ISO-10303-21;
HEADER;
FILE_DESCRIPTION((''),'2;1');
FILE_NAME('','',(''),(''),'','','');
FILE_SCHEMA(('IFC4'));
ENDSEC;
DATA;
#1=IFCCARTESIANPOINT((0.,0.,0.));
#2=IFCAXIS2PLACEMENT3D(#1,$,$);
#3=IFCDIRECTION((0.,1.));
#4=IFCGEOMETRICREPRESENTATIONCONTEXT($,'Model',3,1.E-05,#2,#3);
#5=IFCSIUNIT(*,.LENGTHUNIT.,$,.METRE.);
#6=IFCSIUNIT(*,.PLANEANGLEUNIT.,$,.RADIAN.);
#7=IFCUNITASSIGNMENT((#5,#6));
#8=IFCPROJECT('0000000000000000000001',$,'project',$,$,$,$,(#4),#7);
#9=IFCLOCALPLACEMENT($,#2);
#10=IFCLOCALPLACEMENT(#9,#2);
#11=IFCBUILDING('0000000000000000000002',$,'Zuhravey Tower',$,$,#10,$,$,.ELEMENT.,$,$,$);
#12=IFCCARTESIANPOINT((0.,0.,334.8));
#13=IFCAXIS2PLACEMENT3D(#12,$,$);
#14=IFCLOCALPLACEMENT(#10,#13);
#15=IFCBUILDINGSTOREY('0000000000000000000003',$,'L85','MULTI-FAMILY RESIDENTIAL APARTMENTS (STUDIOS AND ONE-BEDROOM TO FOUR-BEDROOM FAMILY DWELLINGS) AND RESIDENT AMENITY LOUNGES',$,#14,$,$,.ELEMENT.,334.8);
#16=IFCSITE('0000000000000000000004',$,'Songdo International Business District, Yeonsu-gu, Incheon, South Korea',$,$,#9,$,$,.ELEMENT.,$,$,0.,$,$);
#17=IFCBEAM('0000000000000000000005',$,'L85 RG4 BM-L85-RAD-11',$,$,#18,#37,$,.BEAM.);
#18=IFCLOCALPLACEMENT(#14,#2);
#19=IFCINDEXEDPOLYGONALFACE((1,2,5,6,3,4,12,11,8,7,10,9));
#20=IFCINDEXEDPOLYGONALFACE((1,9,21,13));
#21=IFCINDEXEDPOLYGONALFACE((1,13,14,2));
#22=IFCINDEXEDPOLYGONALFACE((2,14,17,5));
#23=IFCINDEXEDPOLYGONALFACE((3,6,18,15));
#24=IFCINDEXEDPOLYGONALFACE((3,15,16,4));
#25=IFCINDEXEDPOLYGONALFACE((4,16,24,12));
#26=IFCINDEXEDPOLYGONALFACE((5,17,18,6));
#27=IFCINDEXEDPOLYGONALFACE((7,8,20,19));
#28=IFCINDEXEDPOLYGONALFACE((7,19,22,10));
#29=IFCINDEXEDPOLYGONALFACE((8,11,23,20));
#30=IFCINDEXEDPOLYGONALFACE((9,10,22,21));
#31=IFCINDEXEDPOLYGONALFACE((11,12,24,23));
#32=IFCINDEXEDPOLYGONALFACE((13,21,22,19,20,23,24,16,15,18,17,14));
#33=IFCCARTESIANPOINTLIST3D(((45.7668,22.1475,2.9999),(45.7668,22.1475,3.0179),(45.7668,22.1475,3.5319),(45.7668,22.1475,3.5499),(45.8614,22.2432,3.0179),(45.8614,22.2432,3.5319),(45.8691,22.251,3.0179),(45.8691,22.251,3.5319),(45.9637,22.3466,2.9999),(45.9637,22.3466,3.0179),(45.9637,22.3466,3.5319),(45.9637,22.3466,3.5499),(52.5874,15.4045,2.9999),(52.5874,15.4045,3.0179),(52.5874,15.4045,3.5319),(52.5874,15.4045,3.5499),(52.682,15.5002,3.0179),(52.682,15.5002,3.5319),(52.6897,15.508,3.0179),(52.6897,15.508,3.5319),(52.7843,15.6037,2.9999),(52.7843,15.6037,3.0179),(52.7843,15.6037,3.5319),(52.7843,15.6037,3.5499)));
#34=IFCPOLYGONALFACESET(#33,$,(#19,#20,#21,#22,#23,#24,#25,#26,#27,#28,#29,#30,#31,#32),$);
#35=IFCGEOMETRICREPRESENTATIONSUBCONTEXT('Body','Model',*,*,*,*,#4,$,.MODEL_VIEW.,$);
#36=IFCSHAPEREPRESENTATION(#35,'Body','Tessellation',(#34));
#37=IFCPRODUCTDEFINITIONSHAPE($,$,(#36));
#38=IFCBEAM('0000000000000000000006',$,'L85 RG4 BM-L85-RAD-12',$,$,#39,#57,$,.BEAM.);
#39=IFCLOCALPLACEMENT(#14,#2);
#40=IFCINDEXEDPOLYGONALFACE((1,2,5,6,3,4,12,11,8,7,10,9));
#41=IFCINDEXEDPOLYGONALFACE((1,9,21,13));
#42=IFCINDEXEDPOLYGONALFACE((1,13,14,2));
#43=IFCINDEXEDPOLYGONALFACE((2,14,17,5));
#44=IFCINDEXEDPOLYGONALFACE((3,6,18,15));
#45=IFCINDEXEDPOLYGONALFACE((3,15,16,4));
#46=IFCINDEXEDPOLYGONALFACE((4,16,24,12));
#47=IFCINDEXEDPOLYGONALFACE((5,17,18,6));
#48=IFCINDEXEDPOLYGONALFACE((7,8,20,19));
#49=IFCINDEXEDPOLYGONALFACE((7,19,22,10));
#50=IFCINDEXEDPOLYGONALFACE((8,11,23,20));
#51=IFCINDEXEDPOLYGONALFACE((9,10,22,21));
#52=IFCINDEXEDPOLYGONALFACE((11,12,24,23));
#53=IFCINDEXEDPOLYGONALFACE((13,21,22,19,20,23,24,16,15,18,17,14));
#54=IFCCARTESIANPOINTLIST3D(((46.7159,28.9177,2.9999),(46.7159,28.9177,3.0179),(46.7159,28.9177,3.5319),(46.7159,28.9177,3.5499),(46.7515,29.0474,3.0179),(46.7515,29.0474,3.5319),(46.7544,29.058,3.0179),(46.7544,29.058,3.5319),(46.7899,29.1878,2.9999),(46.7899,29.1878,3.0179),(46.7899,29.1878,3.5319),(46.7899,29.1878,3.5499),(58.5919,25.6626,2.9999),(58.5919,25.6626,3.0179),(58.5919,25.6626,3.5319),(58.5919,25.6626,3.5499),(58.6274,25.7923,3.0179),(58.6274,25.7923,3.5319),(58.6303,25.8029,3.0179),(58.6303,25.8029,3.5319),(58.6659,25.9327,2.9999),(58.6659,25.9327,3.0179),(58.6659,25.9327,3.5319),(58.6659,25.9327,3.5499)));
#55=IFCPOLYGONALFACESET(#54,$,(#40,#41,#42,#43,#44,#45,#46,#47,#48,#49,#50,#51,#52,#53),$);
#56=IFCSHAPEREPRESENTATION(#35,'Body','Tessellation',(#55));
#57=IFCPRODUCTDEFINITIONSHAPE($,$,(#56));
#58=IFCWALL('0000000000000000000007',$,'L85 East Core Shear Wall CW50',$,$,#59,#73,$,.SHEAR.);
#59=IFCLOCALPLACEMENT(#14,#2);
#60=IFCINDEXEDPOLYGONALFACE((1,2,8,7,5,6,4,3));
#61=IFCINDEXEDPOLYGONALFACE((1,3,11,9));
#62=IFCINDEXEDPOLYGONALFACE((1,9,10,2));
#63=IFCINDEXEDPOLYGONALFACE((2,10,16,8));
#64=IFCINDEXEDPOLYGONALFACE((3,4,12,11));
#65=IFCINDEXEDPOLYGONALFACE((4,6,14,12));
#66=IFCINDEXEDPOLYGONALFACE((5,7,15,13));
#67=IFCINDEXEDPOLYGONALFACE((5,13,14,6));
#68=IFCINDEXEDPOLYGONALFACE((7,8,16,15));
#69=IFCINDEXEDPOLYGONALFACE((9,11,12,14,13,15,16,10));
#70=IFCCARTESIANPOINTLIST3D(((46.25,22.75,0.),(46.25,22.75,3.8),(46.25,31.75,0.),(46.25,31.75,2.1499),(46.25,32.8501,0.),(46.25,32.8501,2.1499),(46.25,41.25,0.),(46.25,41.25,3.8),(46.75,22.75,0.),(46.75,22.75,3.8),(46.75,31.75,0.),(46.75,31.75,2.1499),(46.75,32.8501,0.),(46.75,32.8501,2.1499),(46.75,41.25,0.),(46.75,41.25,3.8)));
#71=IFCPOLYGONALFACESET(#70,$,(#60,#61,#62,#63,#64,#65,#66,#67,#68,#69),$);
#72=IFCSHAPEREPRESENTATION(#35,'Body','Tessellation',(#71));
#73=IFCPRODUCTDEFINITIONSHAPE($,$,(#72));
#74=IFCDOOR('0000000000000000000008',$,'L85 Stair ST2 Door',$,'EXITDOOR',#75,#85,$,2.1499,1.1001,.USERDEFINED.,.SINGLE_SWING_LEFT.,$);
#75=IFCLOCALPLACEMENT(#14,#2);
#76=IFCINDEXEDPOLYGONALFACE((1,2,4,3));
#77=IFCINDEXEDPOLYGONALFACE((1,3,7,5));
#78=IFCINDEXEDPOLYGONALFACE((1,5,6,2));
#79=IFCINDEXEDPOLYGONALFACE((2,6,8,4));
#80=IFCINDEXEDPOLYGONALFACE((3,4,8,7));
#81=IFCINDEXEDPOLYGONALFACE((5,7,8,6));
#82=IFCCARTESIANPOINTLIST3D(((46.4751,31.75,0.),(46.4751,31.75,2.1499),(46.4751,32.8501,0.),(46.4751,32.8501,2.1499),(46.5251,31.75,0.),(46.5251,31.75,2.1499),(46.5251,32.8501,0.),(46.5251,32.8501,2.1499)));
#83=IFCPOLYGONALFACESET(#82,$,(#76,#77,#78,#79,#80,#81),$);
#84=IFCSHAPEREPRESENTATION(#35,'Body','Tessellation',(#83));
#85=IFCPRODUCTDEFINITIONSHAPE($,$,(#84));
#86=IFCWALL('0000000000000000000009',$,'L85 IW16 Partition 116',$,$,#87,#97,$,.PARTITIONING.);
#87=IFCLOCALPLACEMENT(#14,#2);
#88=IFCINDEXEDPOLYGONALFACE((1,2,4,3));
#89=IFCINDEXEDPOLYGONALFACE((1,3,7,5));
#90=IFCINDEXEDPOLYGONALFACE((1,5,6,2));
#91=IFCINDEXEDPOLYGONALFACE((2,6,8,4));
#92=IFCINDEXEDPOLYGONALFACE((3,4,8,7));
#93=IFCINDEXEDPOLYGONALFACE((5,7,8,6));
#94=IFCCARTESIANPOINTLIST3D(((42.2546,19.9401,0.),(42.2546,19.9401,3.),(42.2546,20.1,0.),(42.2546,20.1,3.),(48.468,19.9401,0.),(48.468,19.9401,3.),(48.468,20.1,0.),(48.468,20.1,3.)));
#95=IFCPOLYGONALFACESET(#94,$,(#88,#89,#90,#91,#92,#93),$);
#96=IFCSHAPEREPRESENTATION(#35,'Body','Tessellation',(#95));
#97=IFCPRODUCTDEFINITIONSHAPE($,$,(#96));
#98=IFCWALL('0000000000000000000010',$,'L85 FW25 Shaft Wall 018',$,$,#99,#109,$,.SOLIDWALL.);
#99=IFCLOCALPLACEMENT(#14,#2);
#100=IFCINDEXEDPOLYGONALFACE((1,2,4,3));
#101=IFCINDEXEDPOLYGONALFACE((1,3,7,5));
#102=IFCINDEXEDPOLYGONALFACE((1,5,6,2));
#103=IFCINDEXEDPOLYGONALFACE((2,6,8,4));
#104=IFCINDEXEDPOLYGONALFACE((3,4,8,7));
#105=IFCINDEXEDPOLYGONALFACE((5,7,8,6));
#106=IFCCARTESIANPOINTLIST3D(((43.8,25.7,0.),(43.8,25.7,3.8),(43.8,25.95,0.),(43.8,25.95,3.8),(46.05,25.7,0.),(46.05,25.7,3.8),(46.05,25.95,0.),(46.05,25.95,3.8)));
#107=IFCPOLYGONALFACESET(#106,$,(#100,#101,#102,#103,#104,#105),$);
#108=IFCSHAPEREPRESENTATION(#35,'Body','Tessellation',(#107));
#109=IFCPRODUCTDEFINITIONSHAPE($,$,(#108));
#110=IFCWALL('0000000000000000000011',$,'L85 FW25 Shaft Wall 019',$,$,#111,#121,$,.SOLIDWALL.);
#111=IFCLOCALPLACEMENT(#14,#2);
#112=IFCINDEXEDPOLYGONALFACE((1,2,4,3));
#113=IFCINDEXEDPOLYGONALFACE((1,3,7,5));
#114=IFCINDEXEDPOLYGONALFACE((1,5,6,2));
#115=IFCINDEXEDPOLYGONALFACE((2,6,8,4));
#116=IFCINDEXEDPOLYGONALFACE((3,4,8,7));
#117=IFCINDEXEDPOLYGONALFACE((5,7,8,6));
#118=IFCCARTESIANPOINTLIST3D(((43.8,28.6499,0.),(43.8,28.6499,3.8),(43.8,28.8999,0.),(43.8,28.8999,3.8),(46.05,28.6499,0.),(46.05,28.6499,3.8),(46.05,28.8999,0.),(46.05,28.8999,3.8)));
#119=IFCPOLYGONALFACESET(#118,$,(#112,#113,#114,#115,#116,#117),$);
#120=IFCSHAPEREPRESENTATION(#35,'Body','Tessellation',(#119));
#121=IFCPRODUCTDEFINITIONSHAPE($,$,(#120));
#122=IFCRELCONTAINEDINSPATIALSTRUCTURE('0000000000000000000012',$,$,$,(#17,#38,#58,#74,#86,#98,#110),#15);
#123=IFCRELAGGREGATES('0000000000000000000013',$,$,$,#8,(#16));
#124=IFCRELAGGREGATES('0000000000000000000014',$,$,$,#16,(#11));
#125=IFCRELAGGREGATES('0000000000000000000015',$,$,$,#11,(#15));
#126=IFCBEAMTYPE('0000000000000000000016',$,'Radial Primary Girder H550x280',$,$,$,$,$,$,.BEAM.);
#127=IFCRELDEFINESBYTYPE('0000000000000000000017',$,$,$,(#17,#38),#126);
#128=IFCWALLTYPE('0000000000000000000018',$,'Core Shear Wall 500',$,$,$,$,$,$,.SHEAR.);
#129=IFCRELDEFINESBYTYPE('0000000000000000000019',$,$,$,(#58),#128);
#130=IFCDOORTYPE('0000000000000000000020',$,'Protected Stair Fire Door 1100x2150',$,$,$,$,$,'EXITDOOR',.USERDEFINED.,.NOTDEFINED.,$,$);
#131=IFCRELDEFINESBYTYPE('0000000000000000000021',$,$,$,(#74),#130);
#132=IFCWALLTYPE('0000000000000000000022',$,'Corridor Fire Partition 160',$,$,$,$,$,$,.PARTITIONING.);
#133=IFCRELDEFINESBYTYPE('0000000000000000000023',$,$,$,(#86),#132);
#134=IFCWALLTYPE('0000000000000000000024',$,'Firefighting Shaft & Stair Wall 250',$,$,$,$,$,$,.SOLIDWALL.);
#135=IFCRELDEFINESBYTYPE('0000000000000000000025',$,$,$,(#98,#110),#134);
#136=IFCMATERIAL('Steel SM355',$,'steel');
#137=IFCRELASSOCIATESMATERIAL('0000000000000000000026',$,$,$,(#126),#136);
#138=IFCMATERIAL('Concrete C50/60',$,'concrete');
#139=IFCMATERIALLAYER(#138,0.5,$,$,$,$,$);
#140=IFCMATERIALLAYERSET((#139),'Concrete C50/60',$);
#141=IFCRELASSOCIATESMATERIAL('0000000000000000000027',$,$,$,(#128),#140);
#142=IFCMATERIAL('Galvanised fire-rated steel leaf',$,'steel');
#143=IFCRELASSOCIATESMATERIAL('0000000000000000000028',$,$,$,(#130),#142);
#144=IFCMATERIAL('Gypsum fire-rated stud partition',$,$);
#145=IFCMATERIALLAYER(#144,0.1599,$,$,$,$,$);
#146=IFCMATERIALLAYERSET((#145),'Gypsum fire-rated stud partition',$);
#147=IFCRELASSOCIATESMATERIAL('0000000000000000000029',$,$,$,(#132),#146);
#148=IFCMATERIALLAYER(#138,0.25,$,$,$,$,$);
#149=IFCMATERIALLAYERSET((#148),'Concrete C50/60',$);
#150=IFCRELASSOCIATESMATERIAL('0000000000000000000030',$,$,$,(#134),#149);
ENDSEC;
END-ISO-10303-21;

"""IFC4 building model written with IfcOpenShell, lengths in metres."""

from ifc_helpers import new_model, si_unit, direction, frame, frame_2d, origin, origin_2d, place, context, subcontext, project, spatial, rectangle, i_section, extrude, material, layer, layer_set, material_profile, profile_set, type_object, element, fill, save


model = new_model("IFC4")

# Units and contexts
model_context = context("Model", 3, precision=1e-05, world=origin(), true_north=direction((0.0, 1.0)))
body_context = subcontext(model_context, "Body", "Model", "MODEL_VIEW")
ifc_project = project(units=[si_unit("LENGTHUNIT", "METRE"), si_unit("PLANEANGLEUNIT", "RADIAN")], contexts=[model_context])

# Site, building, storey
site_placement = place(None, origin())
site = spatial("IfcSite", under=ifc_project, at=site_placement, Name="Songdo International Business District, Yeonsu-gu, Incheon, South Korea", CompositionType="ELEMENT", RefElevation=0.0)
building_placement = place(site_placement, origin())
building = spatial("IfcBuilding", under=site, at=building_placement, Name="Zuhravey Tower", CompositionType="ELEMENT")
storey_placement = place(building_placement, frame((0.0, 0.0, 334.8)))
storey = spatial("IfcBuildingStorey", under=building, at=storey_placement, Name="L85", Description="MULTI-FAMILY RESIDENTIAL APARTMENTS (STUDIOS AND ONE-BEDROOM TO FOUR-BEDROOM FAMILY DWELLINGS) AND RESIDENT AMENITY LOUNGES", CompositionType="ELEMENT", Elevation=334.8)

# Beams
ifc_material_1 = material(Name="Steel SM355", Category="steel")
ifc_material_profile = material_profile(ifc_material_1, i_section(OverallWidth=0.28, OverallDepth=0.55, WebThickness=0.011, FlangeThickness=0.0181, at=origin_2d()), Name="H-550x280x11x18")
ifc_profile_set = profile_set([ifc_material_profile], Name="Steel SM355")
beam_type = type_object("IfcBeamType", Name="Radial Primary Girder H550x280", PredefinedType="BEAM", material=ifc_profile_set)
beam_1_placement = place(storey_placement, frame((45.8652, 22.2471, 3.2749), z_axis=(0.711143, -0.703048, 0.0), x_axis=(0.703048, 0.711143, 0.0)))
element("IfcBeam", 1, at=beam_1_placement, inside=storey, type_object=beam_type, Name="L85 RG4 BM-L85-RAD-11", PredefinedType="BEAM", context=body_context, shape_type="SweptSolid", body=[
    extrude(i_section(OverallWidth=0.28, OverallDepth=0.55, WebThickness=0.011, FlangeThickness=0.0181, at=origin_2d()), origin(), (0.0, 0.0, 1.0), 9.5911),
])
beam_2_placement = place(storey_placement, frame((46.7529, 29.0527, 3.2749), z_axis=(0.964429, -0.264344, 0.0), x_axis=(0.264344, 0.964429, 0.0)))
element("IfcBeam", 2, at=beam_2_placement, inside=storey, type_object=beam_type, Name="L85 RG4 BM-L85-RAD-12", PredefinedType="BEAM", context=body_context, shape_type="SweptSolid", body=[
    extrude(i_section(OverallWidth=0.28, OverallDepth=0.55, WebThickness=0.011, FlangeThickness=0.0181, at=origin_2d()), origin(), (0.0, 0.0, 1.0), 12.314),
])

# Wall, opening, door
ifc_material_2 = material(Name="Concrete C50/60", Category="concrete")
ifc_layer_1 = layer(ifc_material_2, 0.5)
ifc_layer_set_1 = layer_set([ifc_layer_1], Name="Concrete C50/60")
wall_type_1 = type_object("IfcWallType", Name="Core Shear Wall 500", PredefinedType="SHEAR", material=ifc_layer_set_1)
wall_1_placement = place(storey_placement, frame((46.5, 22.75, 0.0), z_axis=(0.0, 0.0, 1.0), x_axis=(0.0, 1.0, 0.0)))
wall_1 = element("IfcWall", 3, at=wall_1_placement, inside=storey, type_object=wall_type_1, Name="L85 East Core Shear Wall CW50", PredefinedType="SHEAR", context=body_context, shape_type="SweptSolid", body=[
    extrude(rectangle(XDim=18.5, YDim=0.5, at=frame_2d((9.25, 0.0))), origin(), (0.0, 0.0, 1.0), 3.8),
])
opening_1_placement = place(wall_1_placement, frame((9.0, 0.0, 0.0)))
opening_1 = element("IfcOpeningElement", 4, at=opening_1_placement, cuts=wall_1, PredefinedType="OPENING", context=body_context, shape_type="SweptSolid", body=[
    extrude(rectangle(XDim=1.1001, YDim=2.1499, at=frame_2d((0.55, 1.075))), frame((0.0, 0.262, 0.0), z_axis=(0.0, -1.0, 0.0), x_axis=(1.0, 0.0, 0.0)), (0.0, 0.0, 1.0), 0.5239),
])
ifc_material_3 = material(Name="Galvanised fire-rated steel leaf", Category="steel")
door_type_1 = type_object("IfcDoorType", Name="Protected Stair Fire Door 1100x2150", ElementType="EXITDOOR", OperationType="NOTDEFINED", PredefinedType="USERDEFINED", material=ifc_material_3)
door_1_placement = place(opening_1_placement, origin())
door_1 = element("IfcDoor", 5, at=door_1_placement, inside=storey, type_object=door_type_1, Name="L85 Stair ST2 Door", ObjectType="EXITDOOR", OperationType="SINGLE_SWING_LEFT", OverallHeight=2.1499, OverallWidth=1.1001, PredefinedType="USERDEFINED", context=body_context, shape_type="SweptSolid", body=[
    extrude(rectangle(XDim=1.1001, YDim=2.1499, at=frame_2d((0.55, 1.075))), frame((0.0, 0.0249, 0.0), z_axis=(0.0, -1.0, 0.0), x_axis=(1.0, 0.0, 0.0)), (0.0, 0.0, 1.0), 0.05),
])
fill(opening_1, door_1)
ifc_material_4 = material(Name="Gypsum fire-rated stud partition")
ifc_layer_2 = layer(ifc_material_4, 0.1599)
ifc_layer_set_2 = layer_set([ifc_layer_2], Name="Gypsum fire-rated stud partition")
wall_type_2 = type_object("IfcWallType", Name="Corridor Fire Partition 160", PredefinedType="PARTITIONING", material=ifc_layer_set_2)

# Walls
wall_2_placement = place(storey_placement, frame((42.2546, 20.02, 0.0), z_axis=(0.0, 0.0, 1.0), x_axis=(1.0, 0.0, 0.0)))
element("IfcWall", 6, at=wall_2_placement, inside=storey, type_object=wall_type_2, Name="L85 IW16 Partition 116", PredefinedType="PARTITIONING", context=body_context, shape_type="SweptSolid", body=[
    extrude(rectangle(XDim=6.2134, YDim=0.1599, at=frame_2d((3.1067, 0.0))), origin(), (0.0, 0.0, 1.0), 3.0),
])
ifc_layer_3 = layer(ifc_material_2, 0.25)
ifc_layer_set_3 = layer_set([ifc_layer_3], Name="Concrete C50/60")
wall_type_3 = type_object("IfcWallType", Name="Firefighting Shaft & Stair Wall 250", PredefinedType="SOLIDWALL", material=ifc_layer_set_3)
for number, where, z_axis, x_axis, name in (
    (7, (43.8, 25.825, 0.0), (0.0, 0.0, 1.0), (1.0, 0.0, 0.0), "L85 FW25 Shaft Wall 018"),
    (8, (43.8, 28.7749, 0.0), (0.0, 0.0, 1.0), (1.0, 0.0, 0.0), "L85 FW25 Shaft Wall 019"),
):
    element("IfcWall", number, at=place(storey_placement, frame(where, z_axis=z_axis, x_axis=x_axis)), inside=storey, type_object=wall_type_3, Name=name, PredefinedType="SOLIDWALL", context=body_context, shape_type="SweptSolid", body=[
        extrude(rectangle(XDim=2.25, YDim=0.25, at=frame_2d((1.125, 0.0))), origin(), (0.0, 0.0, 1.0), 3.8),
    ])

save(model, "model.ifc")
